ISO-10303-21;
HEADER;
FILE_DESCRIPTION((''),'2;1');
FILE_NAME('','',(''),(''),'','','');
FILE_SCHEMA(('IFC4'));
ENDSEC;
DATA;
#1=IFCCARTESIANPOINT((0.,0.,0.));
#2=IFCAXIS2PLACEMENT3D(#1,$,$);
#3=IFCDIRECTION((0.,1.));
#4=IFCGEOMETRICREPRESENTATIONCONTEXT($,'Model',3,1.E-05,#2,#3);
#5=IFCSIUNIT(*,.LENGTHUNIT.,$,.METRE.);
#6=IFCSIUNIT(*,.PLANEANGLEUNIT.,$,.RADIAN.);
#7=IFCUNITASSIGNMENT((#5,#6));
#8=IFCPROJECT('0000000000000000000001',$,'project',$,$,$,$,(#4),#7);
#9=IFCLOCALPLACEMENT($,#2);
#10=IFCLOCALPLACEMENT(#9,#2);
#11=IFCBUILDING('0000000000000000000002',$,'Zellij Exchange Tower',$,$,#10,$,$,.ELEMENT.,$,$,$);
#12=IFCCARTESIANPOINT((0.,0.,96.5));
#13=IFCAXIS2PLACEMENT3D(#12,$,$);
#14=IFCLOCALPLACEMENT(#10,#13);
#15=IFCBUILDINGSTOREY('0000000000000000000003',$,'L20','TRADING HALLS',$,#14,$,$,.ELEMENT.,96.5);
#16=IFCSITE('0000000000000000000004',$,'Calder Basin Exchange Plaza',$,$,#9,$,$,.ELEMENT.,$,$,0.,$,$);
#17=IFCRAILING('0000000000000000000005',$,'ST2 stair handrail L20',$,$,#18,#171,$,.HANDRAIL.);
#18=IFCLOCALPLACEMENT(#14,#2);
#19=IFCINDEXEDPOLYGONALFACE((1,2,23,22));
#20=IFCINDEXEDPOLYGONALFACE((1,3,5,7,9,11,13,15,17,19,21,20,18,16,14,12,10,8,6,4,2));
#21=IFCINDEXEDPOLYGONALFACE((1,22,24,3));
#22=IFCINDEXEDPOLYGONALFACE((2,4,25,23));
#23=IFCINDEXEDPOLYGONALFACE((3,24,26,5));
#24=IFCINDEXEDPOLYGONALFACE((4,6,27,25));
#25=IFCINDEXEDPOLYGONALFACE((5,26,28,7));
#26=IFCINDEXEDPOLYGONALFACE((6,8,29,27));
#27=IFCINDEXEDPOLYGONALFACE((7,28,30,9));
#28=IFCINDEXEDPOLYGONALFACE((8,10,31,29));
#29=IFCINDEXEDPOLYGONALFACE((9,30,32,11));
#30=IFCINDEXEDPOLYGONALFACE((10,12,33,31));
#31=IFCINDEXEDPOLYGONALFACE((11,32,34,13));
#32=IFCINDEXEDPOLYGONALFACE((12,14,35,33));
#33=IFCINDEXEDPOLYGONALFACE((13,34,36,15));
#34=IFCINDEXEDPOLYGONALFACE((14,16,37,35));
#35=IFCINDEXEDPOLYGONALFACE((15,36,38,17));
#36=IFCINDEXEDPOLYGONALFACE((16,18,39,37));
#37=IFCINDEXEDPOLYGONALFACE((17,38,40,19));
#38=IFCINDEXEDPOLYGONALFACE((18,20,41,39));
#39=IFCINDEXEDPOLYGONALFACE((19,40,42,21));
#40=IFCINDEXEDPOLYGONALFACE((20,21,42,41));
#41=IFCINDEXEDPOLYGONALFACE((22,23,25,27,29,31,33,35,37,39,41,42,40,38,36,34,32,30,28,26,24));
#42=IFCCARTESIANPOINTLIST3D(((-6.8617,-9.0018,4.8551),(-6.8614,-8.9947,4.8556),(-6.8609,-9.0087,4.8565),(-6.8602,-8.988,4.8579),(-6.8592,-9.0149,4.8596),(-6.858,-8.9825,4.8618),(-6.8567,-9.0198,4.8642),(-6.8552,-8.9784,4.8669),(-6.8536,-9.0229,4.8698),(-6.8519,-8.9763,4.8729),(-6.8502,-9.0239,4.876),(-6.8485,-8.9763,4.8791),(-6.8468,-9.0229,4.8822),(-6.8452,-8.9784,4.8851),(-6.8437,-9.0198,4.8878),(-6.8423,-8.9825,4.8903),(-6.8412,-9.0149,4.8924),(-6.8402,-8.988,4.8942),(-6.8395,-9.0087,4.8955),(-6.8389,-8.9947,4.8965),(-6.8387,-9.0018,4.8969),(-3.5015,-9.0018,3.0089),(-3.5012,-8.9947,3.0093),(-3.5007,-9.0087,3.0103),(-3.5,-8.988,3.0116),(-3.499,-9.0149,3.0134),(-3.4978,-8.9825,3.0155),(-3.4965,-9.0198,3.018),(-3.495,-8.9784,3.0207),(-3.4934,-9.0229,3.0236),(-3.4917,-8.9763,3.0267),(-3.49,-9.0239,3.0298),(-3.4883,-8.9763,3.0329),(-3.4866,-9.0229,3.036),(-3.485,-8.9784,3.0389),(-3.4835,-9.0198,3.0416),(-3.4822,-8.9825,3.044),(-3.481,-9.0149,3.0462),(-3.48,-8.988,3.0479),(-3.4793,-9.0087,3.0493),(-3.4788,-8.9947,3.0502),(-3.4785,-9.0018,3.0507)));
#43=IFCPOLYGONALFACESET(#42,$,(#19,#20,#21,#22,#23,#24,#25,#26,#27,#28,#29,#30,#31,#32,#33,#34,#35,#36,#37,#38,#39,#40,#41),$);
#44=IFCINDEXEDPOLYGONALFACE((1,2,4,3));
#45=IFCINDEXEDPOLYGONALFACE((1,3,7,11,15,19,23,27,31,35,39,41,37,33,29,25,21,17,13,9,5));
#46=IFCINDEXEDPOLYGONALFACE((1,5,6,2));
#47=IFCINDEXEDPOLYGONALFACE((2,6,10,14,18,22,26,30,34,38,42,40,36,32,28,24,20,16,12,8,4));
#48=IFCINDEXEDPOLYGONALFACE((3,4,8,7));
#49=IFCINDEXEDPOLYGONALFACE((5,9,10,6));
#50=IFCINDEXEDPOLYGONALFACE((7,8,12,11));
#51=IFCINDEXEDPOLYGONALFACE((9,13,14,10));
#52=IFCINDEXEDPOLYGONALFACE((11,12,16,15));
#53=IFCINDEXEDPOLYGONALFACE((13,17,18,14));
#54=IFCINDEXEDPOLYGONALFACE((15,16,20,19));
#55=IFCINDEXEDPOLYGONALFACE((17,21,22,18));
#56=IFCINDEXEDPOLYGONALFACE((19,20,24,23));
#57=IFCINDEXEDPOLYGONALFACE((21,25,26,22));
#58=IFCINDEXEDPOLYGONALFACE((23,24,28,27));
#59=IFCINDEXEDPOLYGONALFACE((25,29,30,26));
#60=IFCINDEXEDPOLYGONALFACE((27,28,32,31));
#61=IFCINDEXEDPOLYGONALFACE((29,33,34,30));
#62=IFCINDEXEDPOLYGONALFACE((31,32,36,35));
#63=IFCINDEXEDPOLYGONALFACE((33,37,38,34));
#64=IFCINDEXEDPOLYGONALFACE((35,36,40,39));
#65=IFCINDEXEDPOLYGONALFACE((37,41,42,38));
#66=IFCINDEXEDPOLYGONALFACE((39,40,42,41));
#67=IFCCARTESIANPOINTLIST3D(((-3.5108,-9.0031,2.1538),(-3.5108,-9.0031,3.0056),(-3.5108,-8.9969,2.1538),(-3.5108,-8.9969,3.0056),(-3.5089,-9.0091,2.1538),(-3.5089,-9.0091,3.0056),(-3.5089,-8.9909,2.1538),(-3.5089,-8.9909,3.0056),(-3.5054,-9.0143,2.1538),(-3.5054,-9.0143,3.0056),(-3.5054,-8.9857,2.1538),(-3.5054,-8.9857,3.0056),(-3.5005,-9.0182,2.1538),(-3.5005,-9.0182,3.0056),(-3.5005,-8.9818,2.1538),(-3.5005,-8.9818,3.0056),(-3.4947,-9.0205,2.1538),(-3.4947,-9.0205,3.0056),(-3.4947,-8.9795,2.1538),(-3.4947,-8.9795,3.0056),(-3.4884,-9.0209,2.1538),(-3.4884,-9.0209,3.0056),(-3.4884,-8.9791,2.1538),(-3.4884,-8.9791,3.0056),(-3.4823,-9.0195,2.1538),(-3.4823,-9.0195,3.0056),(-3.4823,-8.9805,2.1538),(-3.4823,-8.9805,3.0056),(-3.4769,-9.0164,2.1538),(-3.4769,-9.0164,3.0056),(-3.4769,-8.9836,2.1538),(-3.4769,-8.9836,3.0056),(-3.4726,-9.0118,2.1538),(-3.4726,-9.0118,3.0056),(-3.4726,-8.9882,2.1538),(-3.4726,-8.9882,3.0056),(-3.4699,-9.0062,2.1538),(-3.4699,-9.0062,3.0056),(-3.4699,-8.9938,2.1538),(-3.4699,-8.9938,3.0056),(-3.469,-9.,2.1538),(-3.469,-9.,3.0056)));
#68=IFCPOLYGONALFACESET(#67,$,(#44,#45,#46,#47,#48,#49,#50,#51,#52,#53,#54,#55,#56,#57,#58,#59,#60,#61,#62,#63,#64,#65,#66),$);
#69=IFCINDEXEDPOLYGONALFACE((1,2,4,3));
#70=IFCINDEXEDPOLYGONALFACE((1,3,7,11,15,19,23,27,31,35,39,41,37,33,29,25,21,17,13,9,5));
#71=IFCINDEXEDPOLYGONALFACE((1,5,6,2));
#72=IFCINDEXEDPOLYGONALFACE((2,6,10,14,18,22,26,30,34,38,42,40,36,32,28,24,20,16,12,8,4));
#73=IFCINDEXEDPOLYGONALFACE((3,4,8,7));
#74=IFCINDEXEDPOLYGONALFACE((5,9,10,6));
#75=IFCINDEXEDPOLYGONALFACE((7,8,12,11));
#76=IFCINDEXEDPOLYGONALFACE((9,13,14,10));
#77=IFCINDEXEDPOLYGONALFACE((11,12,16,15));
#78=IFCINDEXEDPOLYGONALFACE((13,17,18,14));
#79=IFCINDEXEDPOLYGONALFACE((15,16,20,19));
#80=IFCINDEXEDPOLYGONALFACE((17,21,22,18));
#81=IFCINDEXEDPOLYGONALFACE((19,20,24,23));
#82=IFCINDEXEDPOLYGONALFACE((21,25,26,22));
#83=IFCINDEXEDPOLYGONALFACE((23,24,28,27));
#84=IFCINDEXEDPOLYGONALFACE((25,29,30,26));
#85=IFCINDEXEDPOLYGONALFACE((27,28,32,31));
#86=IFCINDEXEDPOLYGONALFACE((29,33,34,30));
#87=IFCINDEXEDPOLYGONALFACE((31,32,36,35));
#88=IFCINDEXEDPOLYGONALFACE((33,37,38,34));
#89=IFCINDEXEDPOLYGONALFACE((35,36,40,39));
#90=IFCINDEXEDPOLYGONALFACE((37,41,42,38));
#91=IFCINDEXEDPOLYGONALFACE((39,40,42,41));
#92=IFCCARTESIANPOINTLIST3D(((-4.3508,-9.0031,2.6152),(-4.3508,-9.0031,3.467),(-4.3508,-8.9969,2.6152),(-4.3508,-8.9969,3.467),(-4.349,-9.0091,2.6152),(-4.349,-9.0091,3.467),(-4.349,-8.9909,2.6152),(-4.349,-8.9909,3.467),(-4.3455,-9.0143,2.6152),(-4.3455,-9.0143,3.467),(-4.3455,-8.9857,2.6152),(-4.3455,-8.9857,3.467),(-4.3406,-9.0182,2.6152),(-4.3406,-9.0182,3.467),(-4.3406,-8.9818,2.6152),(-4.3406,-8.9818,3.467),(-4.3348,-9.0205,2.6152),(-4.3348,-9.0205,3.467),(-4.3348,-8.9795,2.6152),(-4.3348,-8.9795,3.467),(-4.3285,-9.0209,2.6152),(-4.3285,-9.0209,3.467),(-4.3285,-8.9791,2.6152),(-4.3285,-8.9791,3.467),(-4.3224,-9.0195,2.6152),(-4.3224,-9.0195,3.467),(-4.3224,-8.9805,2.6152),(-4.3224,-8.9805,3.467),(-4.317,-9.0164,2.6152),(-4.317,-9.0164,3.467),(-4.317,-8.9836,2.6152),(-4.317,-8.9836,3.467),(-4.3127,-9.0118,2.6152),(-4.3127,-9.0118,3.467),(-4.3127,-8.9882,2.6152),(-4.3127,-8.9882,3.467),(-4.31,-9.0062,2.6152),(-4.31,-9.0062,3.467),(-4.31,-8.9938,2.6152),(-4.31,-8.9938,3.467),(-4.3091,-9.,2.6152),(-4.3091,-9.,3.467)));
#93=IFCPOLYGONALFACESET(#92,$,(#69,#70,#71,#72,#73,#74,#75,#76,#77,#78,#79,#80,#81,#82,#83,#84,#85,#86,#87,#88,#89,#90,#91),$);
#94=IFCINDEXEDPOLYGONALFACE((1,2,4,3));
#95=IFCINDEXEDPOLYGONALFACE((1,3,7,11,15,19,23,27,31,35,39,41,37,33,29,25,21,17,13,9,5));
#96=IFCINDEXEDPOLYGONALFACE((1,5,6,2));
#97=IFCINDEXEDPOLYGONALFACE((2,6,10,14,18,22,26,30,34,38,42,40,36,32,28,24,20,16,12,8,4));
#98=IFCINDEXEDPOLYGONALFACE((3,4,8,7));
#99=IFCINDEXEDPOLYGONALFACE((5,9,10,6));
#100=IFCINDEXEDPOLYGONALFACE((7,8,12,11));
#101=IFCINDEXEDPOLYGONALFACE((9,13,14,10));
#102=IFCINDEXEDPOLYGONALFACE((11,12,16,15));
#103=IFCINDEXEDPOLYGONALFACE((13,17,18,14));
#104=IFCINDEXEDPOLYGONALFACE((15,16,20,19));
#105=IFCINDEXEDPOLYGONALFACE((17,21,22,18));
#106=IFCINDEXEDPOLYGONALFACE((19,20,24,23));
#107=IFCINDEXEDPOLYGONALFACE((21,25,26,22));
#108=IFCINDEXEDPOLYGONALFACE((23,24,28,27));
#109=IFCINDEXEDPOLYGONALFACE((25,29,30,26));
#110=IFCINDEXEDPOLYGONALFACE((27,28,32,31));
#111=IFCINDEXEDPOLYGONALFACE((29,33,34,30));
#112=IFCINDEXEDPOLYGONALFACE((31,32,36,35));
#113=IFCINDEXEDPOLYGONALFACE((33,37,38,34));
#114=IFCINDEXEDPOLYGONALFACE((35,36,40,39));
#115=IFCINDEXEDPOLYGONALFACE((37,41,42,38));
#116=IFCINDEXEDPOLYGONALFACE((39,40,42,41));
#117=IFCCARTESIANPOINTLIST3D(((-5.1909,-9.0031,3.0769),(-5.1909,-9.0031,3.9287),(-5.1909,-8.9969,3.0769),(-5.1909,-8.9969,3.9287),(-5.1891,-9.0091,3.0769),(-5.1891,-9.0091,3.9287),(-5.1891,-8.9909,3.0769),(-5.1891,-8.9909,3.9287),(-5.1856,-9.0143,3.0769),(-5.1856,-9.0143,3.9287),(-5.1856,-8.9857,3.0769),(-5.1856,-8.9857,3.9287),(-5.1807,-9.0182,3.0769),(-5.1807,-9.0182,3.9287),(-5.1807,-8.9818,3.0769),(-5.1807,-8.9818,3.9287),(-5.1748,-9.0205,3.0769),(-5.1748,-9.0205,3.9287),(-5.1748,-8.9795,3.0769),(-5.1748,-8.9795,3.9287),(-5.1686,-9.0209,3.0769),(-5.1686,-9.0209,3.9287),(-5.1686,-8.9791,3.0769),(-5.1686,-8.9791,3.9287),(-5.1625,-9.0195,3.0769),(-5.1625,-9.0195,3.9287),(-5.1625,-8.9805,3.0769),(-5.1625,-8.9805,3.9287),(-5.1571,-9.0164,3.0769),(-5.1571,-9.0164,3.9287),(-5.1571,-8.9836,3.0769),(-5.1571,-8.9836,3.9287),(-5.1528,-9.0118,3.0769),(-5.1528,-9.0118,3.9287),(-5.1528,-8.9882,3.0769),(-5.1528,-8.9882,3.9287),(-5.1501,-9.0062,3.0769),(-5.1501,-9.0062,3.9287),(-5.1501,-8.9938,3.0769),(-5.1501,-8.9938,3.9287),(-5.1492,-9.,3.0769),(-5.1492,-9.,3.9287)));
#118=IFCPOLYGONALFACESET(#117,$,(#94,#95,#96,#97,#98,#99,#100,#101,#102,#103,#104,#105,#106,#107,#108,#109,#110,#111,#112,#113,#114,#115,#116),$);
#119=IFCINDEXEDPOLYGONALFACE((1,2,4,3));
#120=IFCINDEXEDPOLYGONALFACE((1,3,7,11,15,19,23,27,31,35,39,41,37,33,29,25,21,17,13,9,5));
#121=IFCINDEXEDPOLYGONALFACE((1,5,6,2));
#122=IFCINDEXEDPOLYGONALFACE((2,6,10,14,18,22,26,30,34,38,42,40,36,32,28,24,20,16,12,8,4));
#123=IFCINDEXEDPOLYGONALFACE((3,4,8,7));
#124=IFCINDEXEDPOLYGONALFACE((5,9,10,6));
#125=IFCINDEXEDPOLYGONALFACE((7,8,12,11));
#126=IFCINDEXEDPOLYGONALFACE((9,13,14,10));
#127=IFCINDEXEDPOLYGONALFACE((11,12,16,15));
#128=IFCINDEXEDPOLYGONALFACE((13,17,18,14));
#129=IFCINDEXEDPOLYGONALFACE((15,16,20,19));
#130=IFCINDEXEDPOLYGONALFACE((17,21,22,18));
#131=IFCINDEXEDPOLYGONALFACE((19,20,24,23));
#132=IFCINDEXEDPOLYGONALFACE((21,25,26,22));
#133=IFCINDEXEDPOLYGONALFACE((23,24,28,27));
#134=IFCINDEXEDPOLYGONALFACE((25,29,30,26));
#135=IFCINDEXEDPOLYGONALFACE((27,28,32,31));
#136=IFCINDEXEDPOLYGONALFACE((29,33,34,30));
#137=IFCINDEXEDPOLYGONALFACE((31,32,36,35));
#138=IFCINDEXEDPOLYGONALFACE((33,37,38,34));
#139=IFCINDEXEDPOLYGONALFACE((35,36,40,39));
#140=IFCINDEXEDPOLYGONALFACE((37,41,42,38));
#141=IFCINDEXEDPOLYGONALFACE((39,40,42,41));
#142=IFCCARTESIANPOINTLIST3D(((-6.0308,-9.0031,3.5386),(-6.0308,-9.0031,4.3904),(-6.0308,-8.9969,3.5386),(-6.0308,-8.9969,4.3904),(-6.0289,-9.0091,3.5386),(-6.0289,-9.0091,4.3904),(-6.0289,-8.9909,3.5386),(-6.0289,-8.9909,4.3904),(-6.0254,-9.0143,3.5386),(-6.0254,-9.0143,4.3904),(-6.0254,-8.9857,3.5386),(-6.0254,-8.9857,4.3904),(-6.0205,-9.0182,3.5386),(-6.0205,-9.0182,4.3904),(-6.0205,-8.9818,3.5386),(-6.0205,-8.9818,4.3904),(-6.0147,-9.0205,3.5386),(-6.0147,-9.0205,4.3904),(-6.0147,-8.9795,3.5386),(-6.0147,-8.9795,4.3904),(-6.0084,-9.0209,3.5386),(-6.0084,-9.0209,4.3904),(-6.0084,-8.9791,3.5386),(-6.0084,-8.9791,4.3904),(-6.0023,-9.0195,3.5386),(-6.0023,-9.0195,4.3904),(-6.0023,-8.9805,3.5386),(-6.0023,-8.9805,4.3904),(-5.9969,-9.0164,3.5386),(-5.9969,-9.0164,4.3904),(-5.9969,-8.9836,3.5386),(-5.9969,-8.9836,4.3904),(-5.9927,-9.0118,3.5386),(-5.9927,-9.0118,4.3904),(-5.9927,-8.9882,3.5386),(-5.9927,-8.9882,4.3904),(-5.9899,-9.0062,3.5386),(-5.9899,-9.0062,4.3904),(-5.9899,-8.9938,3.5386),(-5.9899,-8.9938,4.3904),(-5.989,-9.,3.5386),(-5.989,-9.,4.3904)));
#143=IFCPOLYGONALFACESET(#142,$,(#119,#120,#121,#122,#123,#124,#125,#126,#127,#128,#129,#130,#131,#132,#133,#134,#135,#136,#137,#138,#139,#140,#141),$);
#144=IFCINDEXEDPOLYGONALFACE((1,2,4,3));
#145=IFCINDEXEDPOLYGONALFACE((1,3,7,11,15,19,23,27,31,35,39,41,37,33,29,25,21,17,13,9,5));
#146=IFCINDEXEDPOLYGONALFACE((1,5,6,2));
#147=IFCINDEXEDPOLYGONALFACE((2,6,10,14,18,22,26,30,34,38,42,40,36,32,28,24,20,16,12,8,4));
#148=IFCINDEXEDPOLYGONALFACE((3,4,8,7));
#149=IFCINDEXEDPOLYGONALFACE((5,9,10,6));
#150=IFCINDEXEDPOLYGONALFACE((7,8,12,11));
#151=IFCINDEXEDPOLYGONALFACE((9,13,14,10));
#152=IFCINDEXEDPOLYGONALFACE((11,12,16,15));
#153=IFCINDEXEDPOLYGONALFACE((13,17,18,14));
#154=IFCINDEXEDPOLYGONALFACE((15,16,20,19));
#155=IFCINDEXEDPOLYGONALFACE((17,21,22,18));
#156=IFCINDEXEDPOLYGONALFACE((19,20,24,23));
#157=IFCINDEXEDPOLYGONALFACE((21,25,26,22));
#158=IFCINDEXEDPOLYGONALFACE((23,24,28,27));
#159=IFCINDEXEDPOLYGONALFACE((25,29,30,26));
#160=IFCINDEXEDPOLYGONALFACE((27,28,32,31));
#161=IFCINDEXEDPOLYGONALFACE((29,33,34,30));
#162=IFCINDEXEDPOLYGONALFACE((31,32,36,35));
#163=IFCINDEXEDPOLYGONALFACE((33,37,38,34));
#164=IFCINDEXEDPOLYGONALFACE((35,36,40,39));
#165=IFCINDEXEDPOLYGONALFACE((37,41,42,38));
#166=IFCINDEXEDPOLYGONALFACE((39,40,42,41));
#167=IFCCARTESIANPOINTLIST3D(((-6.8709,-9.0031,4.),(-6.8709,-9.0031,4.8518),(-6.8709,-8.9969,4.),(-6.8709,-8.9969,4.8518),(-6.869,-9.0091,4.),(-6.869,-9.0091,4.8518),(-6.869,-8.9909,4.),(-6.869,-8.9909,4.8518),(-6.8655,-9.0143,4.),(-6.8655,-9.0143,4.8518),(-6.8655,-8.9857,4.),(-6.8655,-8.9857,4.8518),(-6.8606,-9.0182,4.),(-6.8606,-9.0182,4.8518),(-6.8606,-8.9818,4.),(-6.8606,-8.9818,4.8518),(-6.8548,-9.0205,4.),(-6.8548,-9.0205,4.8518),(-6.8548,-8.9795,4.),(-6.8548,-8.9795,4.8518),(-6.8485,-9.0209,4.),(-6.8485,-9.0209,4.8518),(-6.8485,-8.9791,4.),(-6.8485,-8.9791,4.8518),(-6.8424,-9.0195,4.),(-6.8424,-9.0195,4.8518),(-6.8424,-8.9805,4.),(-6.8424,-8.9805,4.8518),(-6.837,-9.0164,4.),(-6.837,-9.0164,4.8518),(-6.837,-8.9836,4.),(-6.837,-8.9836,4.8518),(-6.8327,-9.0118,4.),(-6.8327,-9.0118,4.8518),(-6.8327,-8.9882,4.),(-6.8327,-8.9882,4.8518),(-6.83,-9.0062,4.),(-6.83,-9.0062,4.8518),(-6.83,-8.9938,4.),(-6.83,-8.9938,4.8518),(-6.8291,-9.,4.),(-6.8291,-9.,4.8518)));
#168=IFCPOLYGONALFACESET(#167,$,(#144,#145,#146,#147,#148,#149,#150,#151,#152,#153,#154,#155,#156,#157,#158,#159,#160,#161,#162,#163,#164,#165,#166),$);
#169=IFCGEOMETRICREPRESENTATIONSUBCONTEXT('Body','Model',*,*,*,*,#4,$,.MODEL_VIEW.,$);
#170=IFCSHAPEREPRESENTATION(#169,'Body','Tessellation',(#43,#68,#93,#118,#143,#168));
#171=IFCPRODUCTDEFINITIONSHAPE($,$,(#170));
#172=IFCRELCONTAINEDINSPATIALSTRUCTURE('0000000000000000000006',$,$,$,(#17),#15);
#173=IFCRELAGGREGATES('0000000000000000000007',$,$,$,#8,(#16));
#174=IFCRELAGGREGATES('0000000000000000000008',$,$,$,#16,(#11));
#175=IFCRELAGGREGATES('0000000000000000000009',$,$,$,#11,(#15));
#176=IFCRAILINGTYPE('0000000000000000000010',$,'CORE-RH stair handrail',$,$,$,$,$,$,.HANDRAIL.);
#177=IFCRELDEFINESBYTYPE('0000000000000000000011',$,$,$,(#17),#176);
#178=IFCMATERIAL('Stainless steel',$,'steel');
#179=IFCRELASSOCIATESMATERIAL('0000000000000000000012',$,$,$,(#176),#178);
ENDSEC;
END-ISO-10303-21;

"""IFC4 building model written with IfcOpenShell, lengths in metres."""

from ifc_helpers import new_model, si_unit, direction, frame, origin, origin_2d, place, context, subcontext, project, spatial, circle, extrude, material, type_object, element, save


model = new_model("IFC4")

# Units and contexts
model_context = context("Model", 3, precision=1e-05, world=origin(), true_north=direction((0.0, 1.0)))
body_context = subcontext(model_context, "Body", "Model", "MODEL_VIEW")
ifc_project = project(units=[si_unit("LENGTHUNIT", "METRE"), si_unit("PLANEANGLEUNIT", "RADIAN")], contexts=[model_context])

# Site, building, storey
site_placement = place(None, origin())
site = spatial("IfcSite", under=ifc_project, at=site_placement, Name="Calder Basin Exchange Plaza", CompositionType="ELEMENT", RefElevation=0.0)
building_placement = place(site_placement, origin())
building = spatial("IfcBuilding", under=site, at=building_placement, Name="Zellij Exchange Tower", CompositionType="ELEMENT")
storey_placement = place(building_placement, frame((0.0, 0.0, 96.5)))
storey = spatial("IfcBuildingStorey", under=building, at=storey_placement, Name="L20", Description="TRADING HALLS", CompositionType="ELEMENT", Elevation=96.5)

# Railing
ifc_material_1 = material(Name="Stainless steel", Category="steel")
railing_type_1 = type_object("IfcRailingType", Name="CORE-RH stair handrail", PredefinedType="HANDRAIL", material=ifc_material_1)
railing_1_placement = place(storey_placement, frame((-3.49, -9.0, 2.1538)))
element("IfcRailing", 1, at=railing_1_placement, inside=storey, type_object=railing_type_1, Name="ST2 stair handrail L20", PredefinedType="HANDRAIL", context=body_context, shape_type="SweptSolid", body=[
    extrude(circle(Radius=0.0239, at=origin_2d()), frame((0.0, 0.0, 0.876), z_axis=(-0.876422, 0.0, 0.481545), x_axis=(0.0, -1.0, 0.0)), (0.0, 0.0, 1.0), 3.834),
    extrude(circle(Radius=0.021, at=origin_2d()), origin(), (0.0, 0.0, 1.0), 0.8518),
    extrude(circle(Radius=0.021, at=origin_2d()), frame((-0.8401, 0.0, 0.4614)), (0.0, 0.0, 1.0), 0.8518),
    extrude(circle(Radius=0.021, at=origin_2d()), frame((-1.6802, 0.0, 0.9231)), (0.0, 0.0, 1.0), 0.8518),
    extrude(circle(Radius=0.021, at=origin_2d()), frame((-2.52, 0.0, 1.3848)), (0.0, 0.0, 1.0), 0.8518),
    extrude(circle(Radius=0.021, at=origin_2d()), frame((-3.3601, 0.0, 1.8462)), (0.0, 0.0, 1.0), 0.8518),
])

save(model, "model.ifc")
